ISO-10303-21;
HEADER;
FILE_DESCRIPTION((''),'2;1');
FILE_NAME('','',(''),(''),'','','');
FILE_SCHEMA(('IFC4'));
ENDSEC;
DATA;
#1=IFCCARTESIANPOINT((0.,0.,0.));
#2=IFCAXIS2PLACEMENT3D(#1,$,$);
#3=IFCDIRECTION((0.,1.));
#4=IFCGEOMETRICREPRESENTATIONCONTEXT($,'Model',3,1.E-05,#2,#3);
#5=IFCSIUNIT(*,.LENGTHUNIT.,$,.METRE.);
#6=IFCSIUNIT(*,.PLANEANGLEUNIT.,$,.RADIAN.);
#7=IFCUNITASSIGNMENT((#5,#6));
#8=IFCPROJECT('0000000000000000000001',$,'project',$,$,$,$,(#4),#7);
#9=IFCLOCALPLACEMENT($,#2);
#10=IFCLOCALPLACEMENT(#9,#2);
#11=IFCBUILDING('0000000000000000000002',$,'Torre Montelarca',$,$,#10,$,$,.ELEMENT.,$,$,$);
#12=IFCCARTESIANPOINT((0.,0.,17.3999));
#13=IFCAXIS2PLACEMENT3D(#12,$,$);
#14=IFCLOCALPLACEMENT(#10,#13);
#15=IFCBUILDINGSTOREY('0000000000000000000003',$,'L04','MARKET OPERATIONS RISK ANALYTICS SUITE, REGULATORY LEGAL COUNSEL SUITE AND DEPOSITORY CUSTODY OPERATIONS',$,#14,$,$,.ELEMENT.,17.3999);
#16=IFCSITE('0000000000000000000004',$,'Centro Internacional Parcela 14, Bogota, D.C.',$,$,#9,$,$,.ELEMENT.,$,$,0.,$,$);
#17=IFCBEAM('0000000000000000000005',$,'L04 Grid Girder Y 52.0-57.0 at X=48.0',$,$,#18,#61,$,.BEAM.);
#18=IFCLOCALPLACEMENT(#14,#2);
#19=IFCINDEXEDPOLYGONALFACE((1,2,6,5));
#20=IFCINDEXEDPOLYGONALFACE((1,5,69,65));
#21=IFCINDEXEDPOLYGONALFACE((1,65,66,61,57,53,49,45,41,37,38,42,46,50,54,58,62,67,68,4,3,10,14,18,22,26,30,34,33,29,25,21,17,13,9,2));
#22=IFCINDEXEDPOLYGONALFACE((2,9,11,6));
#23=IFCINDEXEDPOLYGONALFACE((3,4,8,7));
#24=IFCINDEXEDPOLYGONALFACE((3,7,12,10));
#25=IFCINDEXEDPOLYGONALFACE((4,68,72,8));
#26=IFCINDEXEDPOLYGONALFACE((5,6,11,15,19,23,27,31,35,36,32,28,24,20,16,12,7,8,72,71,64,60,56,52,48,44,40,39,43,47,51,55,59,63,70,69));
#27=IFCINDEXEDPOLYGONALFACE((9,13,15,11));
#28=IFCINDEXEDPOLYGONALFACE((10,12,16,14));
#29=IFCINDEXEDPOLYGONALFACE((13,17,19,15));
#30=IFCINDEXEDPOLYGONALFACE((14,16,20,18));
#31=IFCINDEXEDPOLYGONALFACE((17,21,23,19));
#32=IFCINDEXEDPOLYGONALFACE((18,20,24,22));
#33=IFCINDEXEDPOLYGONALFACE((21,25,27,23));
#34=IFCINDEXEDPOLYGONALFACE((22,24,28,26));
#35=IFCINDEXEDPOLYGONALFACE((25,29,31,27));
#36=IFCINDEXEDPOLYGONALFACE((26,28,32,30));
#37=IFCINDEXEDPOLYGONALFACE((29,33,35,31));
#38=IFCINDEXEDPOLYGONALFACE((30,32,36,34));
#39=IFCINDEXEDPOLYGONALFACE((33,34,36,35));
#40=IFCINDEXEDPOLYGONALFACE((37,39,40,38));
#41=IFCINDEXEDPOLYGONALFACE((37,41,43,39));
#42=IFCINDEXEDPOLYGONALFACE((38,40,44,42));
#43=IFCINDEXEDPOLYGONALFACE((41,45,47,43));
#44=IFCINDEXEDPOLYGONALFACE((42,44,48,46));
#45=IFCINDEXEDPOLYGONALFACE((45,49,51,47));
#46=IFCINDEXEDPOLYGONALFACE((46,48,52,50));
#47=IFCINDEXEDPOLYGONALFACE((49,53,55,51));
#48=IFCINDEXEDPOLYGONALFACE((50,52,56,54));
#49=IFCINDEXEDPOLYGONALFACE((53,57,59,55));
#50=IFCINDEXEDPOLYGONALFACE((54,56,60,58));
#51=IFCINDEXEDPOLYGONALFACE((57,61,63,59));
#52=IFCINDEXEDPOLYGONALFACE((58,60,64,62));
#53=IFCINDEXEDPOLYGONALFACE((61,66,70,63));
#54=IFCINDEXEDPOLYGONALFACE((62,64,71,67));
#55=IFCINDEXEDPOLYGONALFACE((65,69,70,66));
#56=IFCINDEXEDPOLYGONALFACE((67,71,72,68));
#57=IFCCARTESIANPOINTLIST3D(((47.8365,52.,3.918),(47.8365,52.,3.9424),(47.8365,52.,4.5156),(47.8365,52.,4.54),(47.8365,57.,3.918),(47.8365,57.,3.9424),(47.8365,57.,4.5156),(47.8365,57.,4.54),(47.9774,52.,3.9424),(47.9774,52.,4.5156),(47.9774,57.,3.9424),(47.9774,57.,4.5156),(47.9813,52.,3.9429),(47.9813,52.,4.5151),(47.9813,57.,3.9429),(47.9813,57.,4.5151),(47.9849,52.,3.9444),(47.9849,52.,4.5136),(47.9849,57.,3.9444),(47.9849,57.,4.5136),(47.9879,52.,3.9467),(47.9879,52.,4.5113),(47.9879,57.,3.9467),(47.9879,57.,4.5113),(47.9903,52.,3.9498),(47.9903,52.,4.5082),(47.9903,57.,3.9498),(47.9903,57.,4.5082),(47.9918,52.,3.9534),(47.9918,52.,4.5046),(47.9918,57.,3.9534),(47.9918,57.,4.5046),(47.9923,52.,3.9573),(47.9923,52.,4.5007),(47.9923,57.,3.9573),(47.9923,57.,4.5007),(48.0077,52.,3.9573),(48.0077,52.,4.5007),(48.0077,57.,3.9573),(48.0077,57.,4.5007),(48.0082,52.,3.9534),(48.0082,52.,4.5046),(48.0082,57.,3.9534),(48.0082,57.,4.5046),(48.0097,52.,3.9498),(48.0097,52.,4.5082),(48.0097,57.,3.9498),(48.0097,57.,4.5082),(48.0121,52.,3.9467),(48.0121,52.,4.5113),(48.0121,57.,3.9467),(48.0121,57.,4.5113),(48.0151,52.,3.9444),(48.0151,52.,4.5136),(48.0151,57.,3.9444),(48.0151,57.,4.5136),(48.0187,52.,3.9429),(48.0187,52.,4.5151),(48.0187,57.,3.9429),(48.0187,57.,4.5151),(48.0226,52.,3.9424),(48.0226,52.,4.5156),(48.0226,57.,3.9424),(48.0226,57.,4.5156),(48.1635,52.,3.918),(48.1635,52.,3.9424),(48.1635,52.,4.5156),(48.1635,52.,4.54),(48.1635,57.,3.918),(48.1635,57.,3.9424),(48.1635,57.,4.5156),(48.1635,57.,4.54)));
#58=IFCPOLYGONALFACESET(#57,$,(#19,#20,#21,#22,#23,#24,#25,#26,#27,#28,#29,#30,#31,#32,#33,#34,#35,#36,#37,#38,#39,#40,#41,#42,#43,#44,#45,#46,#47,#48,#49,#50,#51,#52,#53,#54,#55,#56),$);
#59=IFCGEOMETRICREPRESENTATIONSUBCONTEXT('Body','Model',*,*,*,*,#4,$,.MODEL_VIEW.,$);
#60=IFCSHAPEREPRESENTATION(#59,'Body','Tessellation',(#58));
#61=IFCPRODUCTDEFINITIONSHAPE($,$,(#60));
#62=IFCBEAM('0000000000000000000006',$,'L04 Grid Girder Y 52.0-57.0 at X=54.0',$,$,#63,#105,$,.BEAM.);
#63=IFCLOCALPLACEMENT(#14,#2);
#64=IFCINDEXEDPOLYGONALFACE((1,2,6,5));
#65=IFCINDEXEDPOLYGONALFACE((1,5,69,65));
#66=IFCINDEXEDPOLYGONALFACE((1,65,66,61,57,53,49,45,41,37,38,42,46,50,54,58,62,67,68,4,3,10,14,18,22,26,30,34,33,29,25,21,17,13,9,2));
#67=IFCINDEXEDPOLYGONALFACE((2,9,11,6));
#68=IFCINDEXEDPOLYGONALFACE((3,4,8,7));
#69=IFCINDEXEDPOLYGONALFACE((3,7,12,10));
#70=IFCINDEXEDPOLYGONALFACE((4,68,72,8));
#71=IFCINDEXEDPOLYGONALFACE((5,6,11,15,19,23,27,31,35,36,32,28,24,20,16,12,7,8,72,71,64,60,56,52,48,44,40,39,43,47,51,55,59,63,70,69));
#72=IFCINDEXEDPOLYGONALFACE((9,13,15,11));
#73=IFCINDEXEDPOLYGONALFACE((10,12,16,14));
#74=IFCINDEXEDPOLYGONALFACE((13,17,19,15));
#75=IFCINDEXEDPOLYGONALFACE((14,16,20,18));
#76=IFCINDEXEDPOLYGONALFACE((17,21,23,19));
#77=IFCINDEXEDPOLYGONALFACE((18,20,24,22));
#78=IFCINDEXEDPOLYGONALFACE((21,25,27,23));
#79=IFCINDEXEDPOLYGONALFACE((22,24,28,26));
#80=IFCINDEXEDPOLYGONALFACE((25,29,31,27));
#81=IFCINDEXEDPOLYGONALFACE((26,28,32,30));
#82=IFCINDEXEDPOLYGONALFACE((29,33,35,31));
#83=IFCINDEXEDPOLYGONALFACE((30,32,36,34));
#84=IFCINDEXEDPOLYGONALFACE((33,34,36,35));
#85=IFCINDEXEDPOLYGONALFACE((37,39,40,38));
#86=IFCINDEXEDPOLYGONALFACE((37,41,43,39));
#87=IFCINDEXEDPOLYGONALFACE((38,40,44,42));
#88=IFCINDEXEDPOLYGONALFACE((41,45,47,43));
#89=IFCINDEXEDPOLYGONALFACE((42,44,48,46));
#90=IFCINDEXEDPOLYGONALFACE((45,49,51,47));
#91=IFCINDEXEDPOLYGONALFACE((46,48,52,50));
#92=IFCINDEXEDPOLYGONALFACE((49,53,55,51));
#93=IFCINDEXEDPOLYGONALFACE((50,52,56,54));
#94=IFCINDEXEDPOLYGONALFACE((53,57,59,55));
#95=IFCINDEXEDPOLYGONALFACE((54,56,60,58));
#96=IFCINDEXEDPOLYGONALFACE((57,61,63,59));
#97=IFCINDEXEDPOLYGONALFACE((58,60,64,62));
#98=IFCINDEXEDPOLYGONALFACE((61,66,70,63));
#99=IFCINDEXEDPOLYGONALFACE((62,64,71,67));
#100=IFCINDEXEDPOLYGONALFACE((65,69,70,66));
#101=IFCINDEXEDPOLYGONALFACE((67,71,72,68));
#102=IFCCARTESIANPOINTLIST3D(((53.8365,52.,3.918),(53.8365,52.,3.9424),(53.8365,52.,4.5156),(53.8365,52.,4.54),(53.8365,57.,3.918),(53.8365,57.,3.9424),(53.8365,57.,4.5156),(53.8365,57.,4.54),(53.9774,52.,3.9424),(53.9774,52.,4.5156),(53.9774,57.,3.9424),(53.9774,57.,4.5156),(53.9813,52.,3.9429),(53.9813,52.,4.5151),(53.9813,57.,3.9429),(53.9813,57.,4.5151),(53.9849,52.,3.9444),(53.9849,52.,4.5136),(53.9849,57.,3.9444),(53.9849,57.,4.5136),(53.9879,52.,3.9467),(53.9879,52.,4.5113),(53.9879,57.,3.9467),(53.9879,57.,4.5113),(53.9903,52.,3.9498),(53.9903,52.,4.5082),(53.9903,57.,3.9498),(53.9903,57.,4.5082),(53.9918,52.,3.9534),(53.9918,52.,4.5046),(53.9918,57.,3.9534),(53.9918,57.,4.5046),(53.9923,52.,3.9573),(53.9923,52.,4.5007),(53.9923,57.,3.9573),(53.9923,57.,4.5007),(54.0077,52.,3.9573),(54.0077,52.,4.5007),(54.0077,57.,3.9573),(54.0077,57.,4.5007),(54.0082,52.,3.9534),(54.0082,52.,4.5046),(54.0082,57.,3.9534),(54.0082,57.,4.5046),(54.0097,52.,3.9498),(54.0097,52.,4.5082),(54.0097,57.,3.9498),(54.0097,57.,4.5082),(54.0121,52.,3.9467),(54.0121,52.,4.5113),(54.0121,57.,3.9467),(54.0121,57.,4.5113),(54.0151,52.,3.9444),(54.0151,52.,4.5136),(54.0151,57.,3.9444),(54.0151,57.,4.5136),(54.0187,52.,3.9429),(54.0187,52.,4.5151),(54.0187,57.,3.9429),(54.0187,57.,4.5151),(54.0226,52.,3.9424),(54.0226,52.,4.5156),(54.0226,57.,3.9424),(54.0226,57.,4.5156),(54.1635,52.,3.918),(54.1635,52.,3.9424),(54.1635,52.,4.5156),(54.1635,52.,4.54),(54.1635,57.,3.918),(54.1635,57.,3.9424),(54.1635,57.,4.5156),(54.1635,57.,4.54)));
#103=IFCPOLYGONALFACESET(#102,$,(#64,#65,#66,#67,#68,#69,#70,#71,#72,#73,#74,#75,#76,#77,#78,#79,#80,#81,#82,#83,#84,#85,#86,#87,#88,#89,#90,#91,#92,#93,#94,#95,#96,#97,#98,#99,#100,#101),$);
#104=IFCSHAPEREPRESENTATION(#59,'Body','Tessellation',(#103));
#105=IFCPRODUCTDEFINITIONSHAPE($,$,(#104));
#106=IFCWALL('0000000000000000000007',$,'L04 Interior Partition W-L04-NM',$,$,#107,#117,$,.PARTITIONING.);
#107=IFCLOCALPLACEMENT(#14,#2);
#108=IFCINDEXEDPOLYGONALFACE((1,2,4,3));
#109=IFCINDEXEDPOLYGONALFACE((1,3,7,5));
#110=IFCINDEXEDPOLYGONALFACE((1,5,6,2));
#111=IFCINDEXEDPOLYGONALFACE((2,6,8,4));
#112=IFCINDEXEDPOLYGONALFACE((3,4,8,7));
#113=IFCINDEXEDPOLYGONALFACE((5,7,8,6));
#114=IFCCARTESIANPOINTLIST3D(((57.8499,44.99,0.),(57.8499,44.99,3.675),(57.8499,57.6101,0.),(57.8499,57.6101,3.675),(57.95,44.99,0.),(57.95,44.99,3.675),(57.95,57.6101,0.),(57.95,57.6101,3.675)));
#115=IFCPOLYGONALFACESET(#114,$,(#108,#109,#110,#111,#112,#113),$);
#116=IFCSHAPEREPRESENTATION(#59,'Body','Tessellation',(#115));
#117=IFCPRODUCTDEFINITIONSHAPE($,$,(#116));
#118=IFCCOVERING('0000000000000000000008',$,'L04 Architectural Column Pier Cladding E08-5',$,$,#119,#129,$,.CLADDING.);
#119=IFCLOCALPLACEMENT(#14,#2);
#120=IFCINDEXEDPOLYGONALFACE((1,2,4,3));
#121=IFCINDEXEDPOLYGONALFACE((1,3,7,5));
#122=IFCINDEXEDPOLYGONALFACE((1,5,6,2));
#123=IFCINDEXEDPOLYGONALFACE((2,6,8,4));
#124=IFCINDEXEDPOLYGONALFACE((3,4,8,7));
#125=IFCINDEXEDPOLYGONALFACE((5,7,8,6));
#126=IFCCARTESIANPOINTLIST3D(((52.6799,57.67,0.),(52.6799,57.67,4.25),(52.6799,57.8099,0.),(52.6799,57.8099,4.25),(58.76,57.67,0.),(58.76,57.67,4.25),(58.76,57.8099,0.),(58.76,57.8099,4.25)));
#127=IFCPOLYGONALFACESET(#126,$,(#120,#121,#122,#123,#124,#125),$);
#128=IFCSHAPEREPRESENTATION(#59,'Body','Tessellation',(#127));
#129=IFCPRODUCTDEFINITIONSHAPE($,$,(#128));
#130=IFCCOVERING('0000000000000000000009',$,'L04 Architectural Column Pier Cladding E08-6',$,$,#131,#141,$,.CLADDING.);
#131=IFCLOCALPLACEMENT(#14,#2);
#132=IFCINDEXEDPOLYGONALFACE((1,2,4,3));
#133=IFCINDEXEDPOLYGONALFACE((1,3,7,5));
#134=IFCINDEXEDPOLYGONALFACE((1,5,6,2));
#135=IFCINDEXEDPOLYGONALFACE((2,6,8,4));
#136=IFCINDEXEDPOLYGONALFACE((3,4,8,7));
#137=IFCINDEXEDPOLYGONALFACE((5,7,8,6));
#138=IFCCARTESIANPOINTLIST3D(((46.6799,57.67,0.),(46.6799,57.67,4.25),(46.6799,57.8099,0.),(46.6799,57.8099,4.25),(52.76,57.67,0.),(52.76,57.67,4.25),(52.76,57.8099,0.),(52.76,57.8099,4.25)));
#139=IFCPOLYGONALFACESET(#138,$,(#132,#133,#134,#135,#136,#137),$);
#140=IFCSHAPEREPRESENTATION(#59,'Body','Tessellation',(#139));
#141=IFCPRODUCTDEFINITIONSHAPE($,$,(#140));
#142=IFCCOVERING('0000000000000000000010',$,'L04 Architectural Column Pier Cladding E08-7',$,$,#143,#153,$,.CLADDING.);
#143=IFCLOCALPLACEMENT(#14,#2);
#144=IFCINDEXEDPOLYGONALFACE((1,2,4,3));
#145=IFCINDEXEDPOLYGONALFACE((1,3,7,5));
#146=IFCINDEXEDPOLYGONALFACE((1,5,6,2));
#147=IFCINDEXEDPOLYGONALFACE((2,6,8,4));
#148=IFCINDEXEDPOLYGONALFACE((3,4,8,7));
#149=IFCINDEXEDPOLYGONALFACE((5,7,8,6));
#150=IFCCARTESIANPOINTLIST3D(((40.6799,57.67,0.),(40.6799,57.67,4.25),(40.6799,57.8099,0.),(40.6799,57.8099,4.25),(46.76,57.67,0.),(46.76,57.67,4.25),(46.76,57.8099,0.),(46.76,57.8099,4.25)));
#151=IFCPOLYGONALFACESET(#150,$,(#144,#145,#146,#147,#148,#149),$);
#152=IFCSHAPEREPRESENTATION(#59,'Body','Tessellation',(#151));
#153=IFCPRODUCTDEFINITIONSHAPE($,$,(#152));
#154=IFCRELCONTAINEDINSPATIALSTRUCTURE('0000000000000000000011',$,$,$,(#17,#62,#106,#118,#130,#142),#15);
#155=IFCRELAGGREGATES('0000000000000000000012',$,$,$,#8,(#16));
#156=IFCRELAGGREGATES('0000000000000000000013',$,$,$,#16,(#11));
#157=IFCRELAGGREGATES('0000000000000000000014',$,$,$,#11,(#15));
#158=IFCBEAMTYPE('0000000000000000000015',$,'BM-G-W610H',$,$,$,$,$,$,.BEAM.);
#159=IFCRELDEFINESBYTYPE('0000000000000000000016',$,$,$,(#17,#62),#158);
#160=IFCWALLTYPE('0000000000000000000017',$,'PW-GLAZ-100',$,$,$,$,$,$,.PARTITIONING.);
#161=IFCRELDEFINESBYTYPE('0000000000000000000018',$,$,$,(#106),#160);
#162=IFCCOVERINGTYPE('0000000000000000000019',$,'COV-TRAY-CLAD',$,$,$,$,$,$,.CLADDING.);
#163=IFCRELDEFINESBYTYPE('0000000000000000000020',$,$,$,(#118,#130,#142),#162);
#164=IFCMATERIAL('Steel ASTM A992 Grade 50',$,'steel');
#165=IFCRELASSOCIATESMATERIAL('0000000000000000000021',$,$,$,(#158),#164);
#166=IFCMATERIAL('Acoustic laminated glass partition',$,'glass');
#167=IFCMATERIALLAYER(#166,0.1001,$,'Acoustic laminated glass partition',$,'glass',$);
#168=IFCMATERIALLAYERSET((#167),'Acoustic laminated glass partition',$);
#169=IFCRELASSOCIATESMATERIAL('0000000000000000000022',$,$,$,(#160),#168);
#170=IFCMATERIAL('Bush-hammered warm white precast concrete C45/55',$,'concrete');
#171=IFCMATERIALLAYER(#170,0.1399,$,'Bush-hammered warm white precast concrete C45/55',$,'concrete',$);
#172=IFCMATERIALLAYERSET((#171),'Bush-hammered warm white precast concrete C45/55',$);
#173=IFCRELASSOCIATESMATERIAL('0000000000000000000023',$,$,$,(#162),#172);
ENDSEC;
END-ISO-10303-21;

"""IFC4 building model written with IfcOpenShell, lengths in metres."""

from ifc_helpers import new_model, si_unit, direction, frame, frame_2d, origin, origin_2d, place, context, subcontext, project, spatial, rectangle, i_section, extrude, source, transform, mapped, material, layer, layer_set, material_profile, profile_set, type_object, element, save


model = new_model("IFC4")

# Units and contexts
model_context = context("Model", 3, precision=1e-05, world=origin(), true_north=direction((0.0, 1.0)))
body_context = subcontext(model_context, "Body", "Model", "MODEL_VIEW")
ifc_project = project(units=[si_unit("LENGTHUNIT", "METRE"), si_unit("PLANEANGLEUNIT", "RADIAN")], contexts=[model_context])

# Site, building, storey
site_placement = place(None, origin())
site = spatial("IfcSite", under=ifc_project, at=site_placement, Name="Centro Internacional Parcela 14, Bogota, D.C.", CompositionType="ELEMENT", RefElevation=0.0)
building_placement = place(site_placement, origin())
building = spatial("IfcBuilding", under=site, at=building_placement, Name="Torre Montelarca", CompositionType="ELEMENT")
storey_placement = place(building_placement, frame((0.0, 0.0, 17.3999)))
storey = spatial("IfcBuildingStorey", under=building, at=storey_placement, Name="L04", Description="MARKET OPERATIONS RISK ANALYTICS SUITE, REGULATORY LEGAL COUNSEL SUITE AND DEPOSITORY CUSTODY OPERATIONS", CompositionType="ELEMENT", Elevation=17.3999)

# Shared definitions
ifc_material_1 = material(Name="Steel ASTM A992 Grade 50", Category="steel")

# Beams
ifc_material_profile_1 = material_profile(ifc_material_1, i_section(OverallWidth=0.3269, OverallDepth=0.6221, WebThickness=0.0154, FlangeThickness=0.0244, FilletRadius=0.0149, at=origin_2d()), Name="W610X195", Category="steel")
ifc_profile_set_1 = profile_set([ifc_material_profile_1], Name="Steel ASTM A992 Grade 50")
beam_type_1 = type_object("IfcBeamType", Name="BM-G-W610H", PredefinedType="BEAM", material=ifc_profile_set_1)
shared_shape_1 = source(origin(), body_context, "Body", "SweptSolid", [
    extrude(i_section(OverallWidth=0.3269, OverallDepth=0.6221, WebThickness=0.0154, FlangeThickness=0.0244, FilletRadius=0.0149, at=origin_2d()), origin(), (0.0, 0.0, 1.0), 5.0),
])
for number, where, z_axis, x_axis, name in (
    (1, (48.0, 52.0, 4.229), (0.0, 1.0, 0.0), (-1.0, 0.0, 0.0), "L04 Grid Girder Y 52.0-57.0 at X=48.0"),
    (2, (54.0, 52.0, 4.229), (0.0, 1.0, 0.0), (-1.0, 0.0, 0.0), "L04 Grid Girder Y 52.0-57.0 at X=54.0"),
):
    element("IfcBeam", number, at=place(storey_placement, frame(where, z_axis=z_axis, x_axis=x_axis)), inside=storey, type_object=beam_type_1, Name=name, PredefinedType="BEAM", context=body_context, shape_type="MappedRepresentation", body=[
        mapped(shared_shape_1, transform((0.0, 0.0, 0.0), scale=1.0)),
    ])

# Wall
ifc_material_2 = material(Name="Acoustic laminated glass partition", Category="glass")
ifc_layer_1 = layer(ifc_material_2, 0.1001, Name="Acoustic laminated glass partition", Category="glass")
ifc_layer_set_1 = layer_set([ifc_layer_1], Name="Acoustic laminated glass partition")
wall_type = type_object("IfcWallType", Name="PW-GLAZ-100", PredefinedType="PARTITIONING", material=ifc_layer_set_1)
wall_placement = place(storey_placement, frame((57.8999, 44.99, 0.0), z_axis=(0.0, 0.0, 1.0), x_axis=(0.0, 1.0, 0.0)))
element("IfcWall", 3, at=wall_placement, inside=storey, type_object=wall_type, Name="L04 Interior Partition W-L04-NM", PredefinedType="PARTITIONING", context=body_context, shape_type="SweptSolid", body=[
    extrude(rectangle(XDim=12.6201, YDim=0.1001, at=frame_2d((6.3101, 0.0))), origin(), (0.0, 0.0, 1.0), 3.675),
])

# Coverings
ifc_material_3 = material(Name="Bush-hammered warm white precast concrete C45/55", Category="concrete")
ifc_layer_2 = layer(ifc_material_3, 0.1399, Name="Bush-hammered warm white precast concrete C45/55", Category="concrete")
ifc_layer_set_2 = layer_set([ifc_layer_2], Name="Bush-hammered warm white precast concrete C45/55")
covering_type = type_object("IfcCoveringType", Name="COV-TRAY-CLAD", PredefinedType="CLADDING", material=ifc_layer_set_2)
shared_shape_2 = source(origin(), body_context, "Body", "SweptSolid", [
    extrude(rectangle(XDim=6.0801, YDim=0.1399, at=origin_2d()), origin(), (0.0, 0.0, 1.0), 4.25),
])
for number, where, z_axis, x_axis, name in (
    (4, (55.72, 57.74, 0.0), (0.0, 0.0, 1.0), (-1.0, 0.0, 0.0), "L04 Architectural Column Pier Cladding E08-5"),
    (5, (49.72, 57.74, 0.0), (0.0, 0.0, 1.0), (-1.0, 0.0, 0.0), "L04 Architectural Column Pier Cladding E08-6"),
    (6, (43.72, 57.74, 0.0), (0.0, 0.0, 1.0), (-1.0, 0.0, 0.0), "L04 Architectural Column Pier Cladding E08-7"),
):
    element("IfcCovering", number, at=place(storey_placement, frame(where, z_axis=z_axis, x_axis=x_axis)), inside=storey, type_object=covering_type, Name=name, PredefinedType="CLADDING", context=body_context, shape_type="MappedRepresentation", body=[
        mapped(shared_shape_2, transform((0.0, 0.0, 0.0), scale=1.0)),
    ])

save(model, "model.ifc")
